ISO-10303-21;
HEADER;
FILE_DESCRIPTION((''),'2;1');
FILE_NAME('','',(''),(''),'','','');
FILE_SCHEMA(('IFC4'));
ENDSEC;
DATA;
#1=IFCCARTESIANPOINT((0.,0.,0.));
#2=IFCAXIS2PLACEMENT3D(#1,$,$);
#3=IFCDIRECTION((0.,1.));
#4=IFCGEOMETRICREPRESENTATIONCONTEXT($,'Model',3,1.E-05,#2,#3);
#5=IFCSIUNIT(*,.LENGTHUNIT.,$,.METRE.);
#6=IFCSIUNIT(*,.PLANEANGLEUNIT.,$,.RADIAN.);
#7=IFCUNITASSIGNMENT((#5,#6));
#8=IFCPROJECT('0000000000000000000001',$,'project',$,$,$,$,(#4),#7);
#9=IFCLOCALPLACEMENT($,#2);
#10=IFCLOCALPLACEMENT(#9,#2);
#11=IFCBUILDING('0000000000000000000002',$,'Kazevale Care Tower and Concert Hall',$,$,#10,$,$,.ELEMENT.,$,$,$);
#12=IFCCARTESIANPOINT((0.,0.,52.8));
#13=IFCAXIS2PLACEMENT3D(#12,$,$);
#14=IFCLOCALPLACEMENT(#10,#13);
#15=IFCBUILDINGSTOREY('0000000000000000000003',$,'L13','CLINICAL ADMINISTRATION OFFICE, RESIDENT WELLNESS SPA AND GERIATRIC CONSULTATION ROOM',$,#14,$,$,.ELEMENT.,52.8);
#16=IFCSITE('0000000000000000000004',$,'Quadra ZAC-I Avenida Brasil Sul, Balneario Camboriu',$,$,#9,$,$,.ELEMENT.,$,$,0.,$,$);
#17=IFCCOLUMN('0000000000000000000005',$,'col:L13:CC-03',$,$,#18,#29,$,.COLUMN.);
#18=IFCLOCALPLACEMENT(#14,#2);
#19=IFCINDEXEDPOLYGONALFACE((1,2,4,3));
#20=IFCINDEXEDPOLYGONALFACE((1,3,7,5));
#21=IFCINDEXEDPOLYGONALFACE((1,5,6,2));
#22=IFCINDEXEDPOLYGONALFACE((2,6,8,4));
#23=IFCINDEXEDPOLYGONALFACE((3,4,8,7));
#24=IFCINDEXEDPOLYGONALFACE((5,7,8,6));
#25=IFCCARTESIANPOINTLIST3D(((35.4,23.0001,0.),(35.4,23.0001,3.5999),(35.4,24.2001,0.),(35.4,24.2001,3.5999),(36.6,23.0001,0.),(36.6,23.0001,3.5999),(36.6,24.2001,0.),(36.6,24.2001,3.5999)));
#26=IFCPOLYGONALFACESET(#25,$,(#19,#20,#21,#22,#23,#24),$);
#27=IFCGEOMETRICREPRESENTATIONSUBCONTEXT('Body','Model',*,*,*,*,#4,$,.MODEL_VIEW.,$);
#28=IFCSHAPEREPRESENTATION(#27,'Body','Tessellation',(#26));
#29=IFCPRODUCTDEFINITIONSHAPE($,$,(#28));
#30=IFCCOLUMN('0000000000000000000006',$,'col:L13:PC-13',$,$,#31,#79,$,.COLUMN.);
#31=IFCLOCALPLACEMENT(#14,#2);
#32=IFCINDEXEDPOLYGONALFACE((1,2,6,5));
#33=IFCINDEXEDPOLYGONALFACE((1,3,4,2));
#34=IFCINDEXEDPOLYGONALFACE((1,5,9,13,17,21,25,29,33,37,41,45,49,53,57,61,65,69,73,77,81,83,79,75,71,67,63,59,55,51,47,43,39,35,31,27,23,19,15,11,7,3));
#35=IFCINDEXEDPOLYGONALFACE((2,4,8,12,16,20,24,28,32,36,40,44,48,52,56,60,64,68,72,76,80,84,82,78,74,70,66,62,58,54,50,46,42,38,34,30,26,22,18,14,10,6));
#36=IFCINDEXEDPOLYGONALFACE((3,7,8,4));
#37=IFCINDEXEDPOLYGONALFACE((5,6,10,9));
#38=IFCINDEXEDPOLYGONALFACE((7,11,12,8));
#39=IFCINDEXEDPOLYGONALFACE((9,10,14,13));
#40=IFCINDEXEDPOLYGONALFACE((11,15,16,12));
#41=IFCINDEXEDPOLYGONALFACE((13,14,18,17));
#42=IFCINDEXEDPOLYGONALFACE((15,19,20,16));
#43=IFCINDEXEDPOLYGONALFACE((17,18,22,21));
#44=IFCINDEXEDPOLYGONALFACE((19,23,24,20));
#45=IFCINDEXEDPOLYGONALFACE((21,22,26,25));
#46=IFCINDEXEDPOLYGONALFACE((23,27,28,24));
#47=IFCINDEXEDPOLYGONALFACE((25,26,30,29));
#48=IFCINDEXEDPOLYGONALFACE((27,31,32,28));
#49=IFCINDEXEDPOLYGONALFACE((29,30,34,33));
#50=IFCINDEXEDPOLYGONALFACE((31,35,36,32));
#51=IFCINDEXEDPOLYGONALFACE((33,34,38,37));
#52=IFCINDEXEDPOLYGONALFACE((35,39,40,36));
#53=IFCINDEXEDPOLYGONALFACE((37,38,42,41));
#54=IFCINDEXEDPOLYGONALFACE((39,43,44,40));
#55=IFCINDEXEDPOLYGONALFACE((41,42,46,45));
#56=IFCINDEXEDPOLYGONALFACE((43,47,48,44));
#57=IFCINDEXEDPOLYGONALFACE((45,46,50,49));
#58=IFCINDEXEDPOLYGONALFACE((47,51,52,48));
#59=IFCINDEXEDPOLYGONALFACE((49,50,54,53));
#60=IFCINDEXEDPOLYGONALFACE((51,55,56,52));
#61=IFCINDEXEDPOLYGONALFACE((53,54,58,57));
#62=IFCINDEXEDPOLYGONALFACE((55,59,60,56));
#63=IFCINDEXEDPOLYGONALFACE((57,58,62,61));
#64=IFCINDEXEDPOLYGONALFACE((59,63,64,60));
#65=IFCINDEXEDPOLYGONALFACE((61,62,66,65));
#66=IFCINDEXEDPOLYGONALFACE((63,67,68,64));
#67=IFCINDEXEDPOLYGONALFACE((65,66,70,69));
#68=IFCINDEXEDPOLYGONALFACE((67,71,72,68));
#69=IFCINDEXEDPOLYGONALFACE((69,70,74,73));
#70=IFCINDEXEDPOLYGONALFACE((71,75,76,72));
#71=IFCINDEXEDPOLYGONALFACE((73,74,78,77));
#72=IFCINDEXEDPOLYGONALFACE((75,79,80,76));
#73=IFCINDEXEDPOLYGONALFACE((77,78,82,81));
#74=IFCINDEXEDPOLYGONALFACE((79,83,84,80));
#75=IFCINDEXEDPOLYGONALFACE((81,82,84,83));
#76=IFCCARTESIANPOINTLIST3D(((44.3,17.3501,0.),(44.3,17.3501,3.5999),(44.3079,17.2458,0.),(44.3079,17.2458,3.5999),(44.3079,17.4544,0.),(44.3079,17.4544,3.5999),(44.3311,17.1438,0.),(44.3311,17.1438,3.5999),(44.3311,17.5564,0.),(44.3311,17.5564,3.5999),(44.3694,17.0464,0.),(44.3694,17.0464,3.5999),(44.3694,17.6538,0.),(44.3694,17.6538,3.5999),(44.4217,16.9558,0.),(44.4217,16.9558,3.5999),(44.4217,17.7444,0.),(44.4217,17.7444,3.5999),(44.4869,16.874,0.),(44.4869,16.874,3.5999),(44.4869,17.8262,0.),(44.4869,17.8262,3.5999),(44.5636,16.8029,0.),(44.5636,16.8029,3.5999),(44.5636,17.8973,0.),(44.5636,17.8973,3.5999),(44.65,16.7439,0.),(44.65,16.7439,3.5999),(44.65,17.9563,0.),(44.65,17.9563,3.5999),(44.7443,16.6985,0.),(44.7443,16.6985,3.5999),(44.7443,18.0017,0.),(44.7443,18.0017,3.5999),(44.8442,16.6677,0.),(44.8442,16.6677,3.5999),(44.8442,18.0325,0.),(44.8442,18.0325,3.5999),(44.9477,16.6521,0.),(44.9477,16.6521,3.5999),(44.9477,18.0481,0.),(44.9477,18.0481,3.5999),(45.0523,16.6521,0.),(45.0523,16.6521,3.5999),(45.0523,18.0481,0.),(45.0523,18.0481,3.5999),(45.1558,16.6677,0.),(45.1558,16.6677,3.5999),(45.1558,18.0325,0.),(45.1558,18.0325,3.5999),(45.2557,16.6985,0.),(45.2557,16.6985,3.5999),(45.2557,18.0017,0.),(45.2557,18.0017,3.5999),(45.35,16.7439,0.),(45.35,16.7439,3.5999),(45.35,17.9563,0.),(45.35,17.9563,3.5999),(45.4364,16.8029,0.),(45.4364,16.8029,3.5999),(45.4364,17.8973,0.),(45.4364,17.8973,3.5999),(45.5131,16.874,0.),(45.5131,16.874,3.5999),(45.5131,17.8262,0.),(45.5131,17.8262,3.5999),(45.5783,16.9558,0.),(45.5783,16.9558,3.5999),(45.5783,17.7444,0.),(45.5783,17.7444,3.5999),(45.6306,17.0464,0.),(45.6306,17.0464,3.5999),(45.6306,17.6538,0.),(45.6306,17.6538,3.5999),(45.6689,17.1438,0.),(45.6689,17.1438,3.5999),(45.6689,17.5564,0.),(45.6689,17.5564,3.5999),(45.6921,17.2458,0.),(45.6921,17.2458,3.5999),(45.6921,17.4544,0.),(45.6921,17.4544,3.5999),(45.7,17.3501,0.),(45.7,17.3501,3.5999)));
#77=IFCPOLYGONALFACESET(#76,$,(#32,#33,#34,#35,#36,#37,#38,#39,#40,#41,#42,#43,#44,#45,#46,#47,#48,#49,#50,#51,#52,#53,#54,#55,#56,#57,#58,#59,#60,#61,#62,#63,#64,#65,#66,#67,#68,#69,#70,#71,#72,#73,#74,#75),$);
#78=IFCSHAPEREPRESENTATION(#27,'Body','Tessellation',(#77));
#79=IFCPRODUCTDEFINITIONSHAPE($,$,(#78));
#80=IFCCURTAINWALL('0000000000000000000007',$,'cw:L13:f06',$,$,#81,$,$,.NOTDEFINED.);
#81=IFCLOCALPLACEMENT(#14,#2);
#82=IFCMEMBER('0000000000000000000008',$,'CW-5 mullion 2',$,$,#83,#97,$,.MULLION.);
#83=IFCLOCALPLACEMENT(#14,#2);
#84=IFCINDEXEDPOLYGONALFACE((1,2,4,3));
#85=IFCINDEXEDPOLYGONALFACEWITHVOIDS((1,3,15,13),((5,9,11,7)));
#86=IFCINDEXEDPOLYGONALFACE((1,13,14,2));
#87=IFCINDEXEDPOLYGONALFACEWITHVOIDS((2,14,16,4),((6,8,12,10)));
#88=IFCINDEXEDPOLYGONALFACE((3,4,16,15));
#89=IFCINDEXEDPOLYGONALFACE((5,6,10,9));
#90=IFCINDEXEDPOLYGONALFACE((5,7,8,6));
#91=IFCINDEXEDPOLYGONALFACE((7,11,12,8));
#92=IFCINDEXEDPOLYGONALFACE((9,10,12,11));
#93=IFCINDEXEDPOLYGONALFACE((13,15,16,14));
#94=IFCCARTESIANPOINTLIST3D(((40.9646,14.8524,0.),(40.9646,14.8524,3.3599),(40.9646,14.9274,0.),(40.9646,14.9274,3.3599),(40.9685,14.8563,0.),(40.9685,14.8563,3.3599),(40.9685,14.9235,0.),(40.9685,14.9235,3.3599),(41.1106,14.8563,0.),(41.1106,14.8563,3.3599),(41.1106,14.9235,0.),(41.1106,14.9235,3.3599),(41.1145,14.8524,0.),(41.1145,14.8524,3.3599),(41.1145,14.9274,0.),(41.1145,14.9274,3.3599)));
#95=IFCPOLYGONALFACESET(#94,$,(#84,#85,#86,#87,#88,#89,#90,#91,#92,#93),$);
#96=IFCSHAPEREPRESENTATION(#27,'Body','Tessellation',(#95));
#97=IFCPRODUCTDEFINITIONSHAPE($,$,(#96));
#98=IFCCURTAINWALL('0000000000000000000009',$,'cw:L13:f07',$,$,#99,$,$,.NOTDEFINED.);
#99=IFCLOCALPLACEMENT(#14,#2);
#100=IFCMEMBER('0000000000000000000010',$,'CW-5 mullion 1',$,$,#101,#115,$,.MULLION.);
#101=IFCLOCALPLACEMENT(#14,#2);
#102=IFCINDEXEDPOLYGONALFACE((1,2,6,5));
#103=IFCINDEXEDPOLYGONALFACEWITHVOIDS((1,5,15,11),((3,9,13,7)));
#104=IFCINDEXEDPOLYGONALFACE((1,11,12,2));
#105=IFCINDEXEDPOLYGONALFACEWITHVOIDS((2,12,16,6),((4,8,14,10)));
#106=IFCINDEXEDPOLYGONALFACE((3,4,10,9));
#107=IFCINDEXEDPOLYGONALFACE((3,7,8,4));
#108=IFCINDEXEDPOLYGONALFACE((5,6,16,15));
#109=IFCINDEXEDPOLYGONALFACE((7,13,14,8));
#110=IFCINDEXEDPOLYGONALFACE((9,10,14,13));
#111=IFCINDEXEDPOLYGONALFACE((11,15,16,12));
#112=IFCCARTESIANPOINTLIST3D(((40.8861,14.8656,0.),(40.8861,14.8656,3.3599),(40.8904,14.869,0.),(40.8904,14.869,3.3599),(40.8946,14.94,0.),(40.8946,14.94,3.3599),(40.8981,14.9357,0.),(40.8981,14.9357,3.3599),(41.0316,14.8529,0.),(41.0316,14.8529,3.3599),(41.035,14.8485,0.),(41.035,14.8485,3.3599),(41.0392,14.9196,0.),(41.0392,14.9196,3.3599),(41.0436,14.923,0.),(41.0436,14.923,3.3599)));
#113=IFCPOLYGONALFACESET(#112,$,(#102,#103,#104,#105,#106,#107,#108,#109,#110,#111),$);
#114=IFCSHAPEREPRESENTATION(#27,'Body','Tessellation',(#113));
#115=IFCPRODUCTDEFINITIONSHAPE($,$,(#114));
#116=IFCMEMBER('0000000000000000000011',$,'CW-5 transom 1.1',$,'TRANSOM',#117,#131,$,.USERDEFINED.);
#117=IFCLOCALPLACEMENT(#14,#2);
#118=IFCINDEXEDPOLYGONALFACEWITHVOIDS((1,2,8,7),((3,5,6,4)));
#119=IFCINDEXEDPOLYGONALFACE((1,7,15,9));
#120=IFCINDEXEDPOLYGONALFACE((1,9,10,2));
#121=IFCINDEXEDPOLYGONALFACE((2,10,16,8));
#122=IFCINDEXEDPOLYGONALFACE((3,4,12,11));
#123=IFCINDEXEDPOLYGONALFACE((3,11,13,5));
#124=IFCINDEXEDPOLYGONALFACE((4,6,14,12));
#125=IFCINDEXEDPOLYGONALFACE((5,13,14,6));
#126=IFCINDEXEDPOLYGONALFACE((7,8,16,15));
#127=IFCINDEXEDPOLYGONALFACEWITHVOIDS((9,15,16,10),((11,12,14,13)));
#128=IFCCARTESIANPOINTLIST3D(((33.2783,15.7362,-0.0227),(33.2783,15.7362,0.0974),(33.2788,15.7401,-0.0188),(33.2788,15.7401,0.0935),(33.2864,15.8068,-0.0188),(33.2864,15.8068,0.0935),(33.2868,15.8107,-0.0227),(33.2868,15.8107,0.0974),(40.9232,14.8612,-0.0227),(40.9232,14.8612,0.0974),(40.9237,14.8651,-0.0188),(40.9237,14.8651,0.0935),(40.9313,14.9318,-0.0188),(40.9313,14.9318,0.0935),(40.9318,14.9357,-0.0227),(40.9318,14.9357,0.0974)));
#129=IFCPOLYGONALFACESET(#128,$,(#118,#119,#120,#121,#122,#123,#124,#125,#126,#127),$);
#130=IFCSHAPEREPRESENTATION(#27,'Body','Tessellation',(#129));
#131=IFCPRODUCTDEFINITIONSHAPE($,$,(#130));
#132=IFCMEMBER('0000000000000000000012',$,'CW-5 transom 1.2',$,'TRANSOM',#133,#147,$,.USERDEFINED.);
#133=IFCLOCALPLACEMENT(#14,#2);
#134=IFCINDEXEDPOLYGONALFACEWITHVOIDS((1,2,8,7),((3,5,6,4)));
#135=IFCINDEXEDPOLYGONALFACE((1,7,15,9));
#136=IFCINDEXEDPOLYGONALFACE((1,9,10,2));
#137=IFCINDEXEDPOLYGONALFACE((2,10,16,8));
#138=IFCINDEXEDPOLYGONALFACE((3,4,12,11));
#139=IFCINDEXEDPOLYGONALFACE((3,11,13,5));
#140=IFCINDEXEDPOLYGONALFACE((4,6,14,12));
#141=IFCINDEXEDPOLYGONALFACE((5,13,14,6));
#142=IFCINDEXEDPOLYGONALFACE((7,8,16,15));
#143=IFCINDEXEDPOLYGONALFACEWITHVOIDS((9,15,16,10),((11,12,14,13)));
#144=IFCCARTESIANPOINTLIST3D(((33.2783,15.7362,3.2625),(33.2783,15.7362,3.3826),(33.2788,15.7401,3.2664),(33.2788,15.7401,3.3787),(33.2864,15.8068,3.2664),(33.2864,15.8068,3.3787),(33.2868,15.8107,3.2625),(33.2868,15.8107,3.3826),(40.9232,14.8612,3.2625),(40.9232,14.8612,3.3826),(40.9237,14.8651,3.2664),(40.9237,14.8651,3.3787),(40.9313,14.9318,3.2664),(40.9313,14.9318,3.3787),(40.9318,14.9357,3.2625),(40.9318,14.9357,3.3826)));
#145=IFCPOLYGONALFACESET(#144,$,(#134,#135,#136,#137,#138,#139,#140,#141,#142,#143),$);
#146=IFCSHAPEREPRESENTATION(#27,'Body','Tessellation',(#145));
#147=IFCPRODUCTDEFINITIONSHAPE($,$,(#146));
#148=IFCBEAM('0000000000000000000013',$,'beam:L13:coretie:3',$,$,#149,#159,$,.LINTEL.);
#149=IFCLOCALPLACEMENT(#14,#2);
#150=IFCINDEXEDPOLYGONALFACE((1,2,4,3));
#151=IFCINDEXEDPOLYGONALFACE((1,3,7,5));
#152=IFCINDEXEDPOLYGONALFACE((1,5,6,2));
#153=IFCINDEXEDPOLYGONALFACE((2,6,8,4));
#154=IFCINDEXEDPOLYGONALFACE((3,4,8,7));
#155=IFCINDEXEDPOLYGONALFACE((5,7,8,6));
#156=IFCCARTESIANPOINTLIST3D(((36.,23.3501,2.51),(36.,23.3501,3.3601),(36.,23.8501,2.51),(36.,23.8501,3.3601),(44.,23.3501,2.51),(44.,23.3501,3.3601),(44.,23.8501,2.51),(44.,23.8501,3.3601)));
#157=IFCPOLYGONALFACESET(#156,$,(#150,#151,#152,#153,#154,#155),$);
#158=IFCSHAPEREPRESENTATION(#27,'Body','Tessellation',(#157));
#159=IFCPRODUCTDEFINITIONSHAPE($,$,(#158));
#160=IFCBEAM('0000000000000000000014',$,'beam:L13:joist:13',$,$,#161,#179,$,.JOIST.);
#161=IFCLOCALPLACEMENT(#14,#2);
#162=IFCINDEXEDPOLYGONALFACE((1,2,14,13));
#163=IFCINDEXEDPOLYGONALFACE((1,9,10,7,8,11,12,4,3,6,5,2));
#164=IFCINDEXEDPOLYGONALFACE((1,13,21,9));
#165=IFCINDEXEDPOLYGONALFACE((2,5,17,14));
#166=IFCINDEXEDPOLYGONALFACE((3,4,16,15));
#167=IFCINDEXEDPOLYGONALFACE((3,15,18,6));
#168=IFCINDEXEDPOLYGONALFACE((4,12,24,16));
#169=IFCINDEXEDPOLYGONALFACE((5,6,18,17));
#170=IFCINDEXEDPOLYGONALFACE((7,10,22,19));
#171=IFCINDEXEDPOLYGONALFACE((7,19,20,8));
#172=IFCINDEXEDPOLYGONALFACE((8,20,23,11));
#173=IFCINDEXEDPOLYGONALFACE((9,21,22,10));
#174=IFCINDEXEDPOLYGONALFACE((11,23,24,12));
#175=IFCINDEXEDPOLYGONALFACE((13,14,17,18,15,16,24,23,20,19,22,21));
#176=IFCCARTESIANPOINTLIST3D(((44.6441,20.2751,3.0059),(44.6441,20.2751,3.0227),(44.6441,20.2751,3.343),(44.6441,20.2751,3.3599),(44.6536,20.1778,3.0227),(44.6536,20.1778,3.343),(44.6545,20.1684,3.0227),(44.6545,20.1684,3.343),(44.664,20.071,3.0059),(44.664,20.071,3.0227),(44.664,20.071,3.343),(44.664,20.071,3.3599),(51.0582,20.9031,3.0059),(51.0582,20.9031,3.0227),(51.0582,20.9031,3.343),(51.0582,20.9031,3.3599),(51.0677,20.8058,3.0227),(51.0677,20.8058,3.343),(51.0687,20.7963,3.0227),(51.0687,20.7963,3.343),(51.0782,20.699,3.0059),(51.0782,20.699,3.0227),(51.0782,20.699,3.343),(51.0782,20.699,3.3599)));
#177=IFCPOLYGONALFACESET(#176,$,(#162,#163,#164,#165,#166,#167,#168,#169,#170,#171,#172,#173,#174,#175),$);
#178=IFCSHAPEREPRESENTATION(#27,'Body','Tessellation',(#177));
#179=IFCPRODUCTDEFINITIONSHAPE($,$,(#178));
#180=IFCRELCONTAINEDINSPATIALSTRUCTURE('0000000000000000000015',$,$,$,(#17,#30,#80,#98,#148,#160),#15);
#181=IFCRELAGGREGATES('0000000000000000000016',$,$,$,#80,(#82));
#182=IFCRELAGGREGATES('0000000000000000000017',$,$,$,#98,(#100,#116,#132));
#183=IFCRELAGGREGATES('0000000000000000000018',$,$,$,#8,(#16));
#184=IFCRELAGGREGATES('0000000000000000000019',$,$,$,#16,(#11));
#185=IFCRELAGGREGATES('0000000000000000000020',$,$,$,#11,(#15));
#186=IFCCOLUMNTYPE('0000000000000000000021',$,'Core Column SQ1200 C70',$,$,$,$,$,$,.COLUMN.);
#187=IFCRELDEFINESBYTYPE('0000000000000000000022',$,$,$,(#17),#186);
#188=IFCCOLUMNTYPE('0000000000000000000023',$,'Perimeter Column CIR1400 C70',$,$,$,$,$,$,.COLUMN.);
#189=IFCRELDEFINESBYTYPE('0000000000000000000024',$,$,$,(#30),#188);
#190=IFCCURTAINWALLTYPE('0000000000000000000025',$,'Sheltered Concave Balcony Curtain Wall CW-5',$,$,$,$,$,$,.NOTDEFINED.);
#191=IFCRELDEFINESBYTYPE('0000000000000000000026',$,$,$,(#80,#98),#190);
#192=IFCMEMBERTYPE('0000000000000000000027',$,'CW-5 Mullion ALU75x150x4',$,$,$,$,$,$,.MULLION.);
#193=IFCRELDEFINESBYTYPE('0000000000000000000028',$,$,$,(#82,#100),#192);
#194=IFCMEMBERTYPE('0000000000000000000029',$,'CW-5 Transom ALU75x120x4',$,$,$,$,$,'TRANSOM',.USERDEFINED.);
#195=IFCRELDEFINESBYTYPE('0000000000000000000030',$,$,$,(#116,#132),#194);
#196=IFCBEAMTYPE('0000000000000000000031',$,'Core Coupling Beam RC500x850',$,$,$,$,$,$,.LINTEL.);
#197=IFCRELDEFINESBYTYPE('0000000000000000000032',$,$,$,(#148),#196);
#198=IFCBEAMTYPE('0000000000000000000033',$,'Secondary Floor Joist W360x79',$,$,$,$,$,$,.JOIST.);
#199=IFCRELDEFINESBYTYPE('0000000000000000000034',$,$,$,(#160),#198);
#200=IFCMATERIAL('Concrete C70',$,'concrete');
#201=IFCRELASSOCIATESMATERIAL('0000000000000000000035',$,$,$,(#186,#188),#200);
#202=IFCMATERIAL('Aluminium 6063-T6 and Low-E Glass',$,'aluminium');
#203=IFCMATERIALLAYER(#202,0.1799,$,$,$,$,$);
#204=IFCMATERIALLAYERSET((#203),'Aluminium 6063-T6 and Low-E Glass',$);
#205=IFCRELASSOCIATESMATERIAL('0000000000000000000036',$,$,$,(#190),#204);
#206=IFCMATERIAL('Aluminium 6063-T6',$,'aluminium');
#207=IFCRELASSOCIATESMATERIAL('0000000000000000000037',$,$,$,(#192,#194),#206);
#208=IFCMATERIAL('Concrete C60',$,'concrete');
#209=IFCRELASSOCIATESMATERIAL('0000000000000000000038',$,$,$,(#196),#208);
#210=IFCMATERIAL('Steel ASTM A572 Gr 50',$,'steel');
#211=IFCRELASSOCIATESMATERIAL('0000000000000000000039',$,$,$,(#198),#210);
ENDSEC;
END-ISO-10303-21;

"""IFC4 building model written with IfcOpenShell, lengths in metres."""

from ifc_helpers import new_model, si_unit, direction, frame, origin, origin_2d, place, context, subcontext, project, spatial, rectangle, hollow_rectangle, circle, i_section, extrude, material, layer, layer_set, material_profile, profile_set, type_object, element, aggregate, save


model = new_model("IFC4")

# Units and contexts
model_context = context("Model", 3, precision=1e-05, world=origin(), true_north=direction((0.0, 1.0)))
body_context = subcontext(model_context, "Body", "Model", "MODEL_VIEW")
ifc_project = project(units=[si_unit("LENGTHUNIT", "METRE"), si_unit("PLANEANGLEUNIT", "RADIAN")], contexts=[model_context])

# Site, building, storey
site_placement = place(None, origin())
site = spatial("IfcSite", under=ifc_project, at=site_placement, Name="Quadra ZAC-I Avenida Brasil Sul, Balneario Camboriu", CompositionType="ELEMENT", RefElevation=0.0)
building_placement = place(site_placement, origin())
building = spatial("IfcBuilding", under=site, at=building_placement, Name="Kazevale Care Tower and Concert Hall", CompositionType="ELEMENT")
storey_placement = place(building_placement, frame((0.0, 0.0, 52.8)))
storey = spatial("IfcBuildingStorey", under=building, at=storey_placement, Name="L13", Description="CLINICAL ADMINISTRATION OFFICE, RESIDENT WELLNESS SPA AND GERIATRIC CONSULTATION ROOM", CompositionType="ELEMENT", Elevation=52.8)

# Columns
ifc_material_1 = material(Name="Concrete C70", Category="concrete")
ifc_material_profile_1 = material_profile(ifc_material_1, rectangle(XDim=1.2, YDim=1.2, at=origin_2d()), Name="RC-SQ1200")
ifc_profile_set_1 = profile_set([ifc_material_profile_1], Name="Concrete C70")
column_type_1 = type_object("IfcColumnType", Name="Core Column SQ1200 C70", PredefinedType="COLUMN", material=ifc_profile_set_1)
column_1_placement = place(storey_placement, frame((36.0, 23.6001, 0.0), z_axis=(0.0, 0.0, 1.0), x_axis=(1.0, 0.0, 0.0)))
element("IfcColumn", 1, at=column_1_placement, inside=storey, type_object=column_type_1, Name="col:L13:CC-03", PredefinedType="COLUMN", context=body_context, shape_type="SweptSolid", body=[
    extrude(rectangle(XDim=1.2, YDim=1.2, at=origin_2d()), origin(), (0.0, 0.0, 1.0), 3.5999),
])
ifc_material_profile_2 = material_profile(ifc_material_1, circle(Radius=0.7, at=origin_2d()), Name="RC-CIR1400")
ifc_profile_set_2 = profile_set([ifc_material_profile_2], Name="Concrete C70")
column_type_2 = type_object("IfcColumnType", Name="Perimeter Column CIR1400 C70", PredefinedType="COLUMN", material=ifc_profile_set_2)
column_2_placement = place(storey_placement, frame((45.0, 17.3501, 0.0), z_axis=(0.0, 0.0, 1.0), x_axis=(1.0, 0.0, 0.0)))
element("IfcColumn", 2, at=column_2_placement, inside=storey, type_object=column_type_2, Name="col:L13:PC-13", PredefinedType="COLUMN", context=body_context, shape_type="SweptSolid", body=[
    extrude(circle(Radius=0.7, at=origin_2d()), origin(), (0.0, 0.0, 1.0), 3.5999),
])

# Curtain wall, member
ifc_material_2 = material(Name="Aluminium 6063-T6 and Low-E Glass", Category="aluminium")
ifc_layer_1 = layer(ifc_material_2, 0.1799)
ifc_layer_set_1 = layer_set([ifc_layer_1], Name="Aluminium 6063-T6 and Low-E Glass")
curtain_wall_type = type_object("IfcCurtainWallType", Name="Sheltered Concave Balcony Curtain Wall CW-5", PredefinedType="NOTDEFINED", material=ifc_layer_set_1)
curtain_wall_1_placement = place(storey_placement, origin())
curtain_wall_1 = element("IfcCurtainWall", 3, at=curtain_wall_1_placement, inside=storey, type_object=curtain_wall_type, Name="cw:L13:f06", PredefinedType="NOTDEFINED")
ifc_material_3 = material(Name="Aluminium 6063-T6", Category="aluminium")
ifc_material_profile_3 = material_profile(ifc_material_3, hollow_rectangle(XDim=0.075, YDim=0.1499, WallThickness=0.0039, at=origin_2d()), Name="ALU75x150x4")
ifc_profile_set_3 = profile_set([ifc_material_profile_3], Name="Aluminium 6063-T6")
member_type_1 = type_object("IfcMemberType", Name="CW-5 Mullion ALU75x150x4", PredefinedType="MULLION", material=ifc_profile_set_3)
member_1_placement = place(storey_placement, frame((41.0396, 14.8899, 0.0), z_axis=(0.0, 0.0, 1.0), x_axis=(0.0, -1.0, 0.0)))
member_1 = element("IfcMember", 4, at=member_1_placement, type_object=member_type_1, Name="CW-5 mullion 2", PredefinedType="MULLION", context=body_context, shape_type="SweptSolid", body=[
    extrude(hollow_rectangle(XDim=0.075, YDim=0.1499, WallThickness=0.0039, at=origin_2d()), origin(), (0.0, 0.0, 1.0), 3.3599),
])

# Curtain wall, members
curtain_wall_2_placement = place(storey_placement, origin())
curtain_wall_2 = element("IfcCurtainWall", 5, at=curtain_wall_2_placement, inside=storey, type_object=curtain_wall_type, Name="cw:L13:f07", PredefinedType="NOTDEFINED")
member_2_placement = place(storey_placement, frame((40.9648, 14.8943, 0.0), z_axis=(0.0, 0.0, 1.0), x_axis=(-0.113705, -0.993515, 0.0)))
member_2 = element("IfcMember", 6, at=member_2_placement, type_object=member_type_1, Name="CW-5 mullion 1", PredefinedType="MULLION", context=body_context, shape_type="SweptSolid", body=[
    extrude(hollow_rectangle(XDim=0.075, YDim=0.1499, WallThickness=0.0039, at=origin_2d()), origin(), (0.0, 0.0, 1.0), 3.3599),
])
ifc_material_profile_4 = material_profile(ifc_material_3, hollow_rectangle(XDim=0.075, YDim=0.1201, WallThickness=0.0039, at=origin_2d()), Name="ALU75x120x4")
ifc_profile_set_4 = profile_set([ifc_material_profile_4], Name="Aluminium 6063-T6")
member_type_2 = type_object("IfcMemberType", Name="CW-5 Transom ALU75x120x4", ElementType="TRANSOM", PredefinedType="USERDEFINED", material=ifc_profile_set_4)
member_3_placement = place(storey_placement, frame((40.9275, 14.8984, 0.0374), z_axis=(-0.993514, 0.113711, 0.0), x_axis=(-0.113711, -0.993514, 0.0)))
member_3 = element("IfcMember", 7, at=member_3_placement, type_object=member_type_2, Name="CW-5 transom 1.1", ObjectType="TRANSOM", PredefinedType="USERDEFINED", context=body_context, shape_type="SweptSolid", body=[
    extrude(hollow_rectangle(XDim=0.075, YDim=0.1201, WallThickness=0.0039, at=origin_2d()), origin(), (0.0, 0.0, 1.0), 7.6948),
])
member_4_placement = place(storey_placement, frame((40.9275, 14.8984, 3.3225), z_axis=(-0.993514, 0.113711, 0.0), x_axis=(-0.113711, -0.993514, 0.0)))
member_4 = element("IfcMember", 8, at=member_4_placement, type_object=member_type_2, Name="CW-5 transom 1.2", ObjectType="TRANSOM", PredefinedType="USERDEFINED", context=body_context, shape_type="SweptSolid", body=[
    extrude(hollow_rectangle(XDim=0.075, YDim=0.1201, WallThickness=0.0039, at=origin_2d()), origin(), (0.0, 0.0, 1.0), 7.6948),
])

# Beams
ifc_material_4 = material(Name="Concrete C60", Category="concrete")
ifc_material_profile_5 = material_profile(ifc_material_4, rectangle(XDim=0.5, YDim=0.8501, at=origin_2d()), Name="RC-B500x850")
ifc_profile_set_5 = profile_set([ifc_material_profile_5], Name="Concrete C60")
beam_type_1 = type_object("IfcBeamType", Name="Core Coupling Beam RC500x850", PredefinedType="LINTEL", material=ifc_profile_set_5)
beam_1_placement = place(storey_placement, frame((36.0, 23.6001, 2.9351), z_axis=(1.0, 0.0, 0.0), x_axis=(0.0, 1.0, 0.0)))
element("IfcBeam", 9, at=beam_1_placement, inside=storey, type_object=beam_type_1, Name="beam:L13:coretie:3", PredefinedType="LINTEL", context=body_context, shape_type="SweptSolid", body=[
    extrude(rectangle(XDim=0.5, YDim=0.8501, at=origin_2d()), origin(), (0.0, 0.0, 1.0), 8.0),
])
ifc_material_5 = material(Name="Steel ASTM A572 Gr 50", Category="steel")
ifc_material_profile_6 = material_profile(ifc_material_5, i_section(OverallWidth=0.2051, OverallDepth=0.354, WebThickness=0.0095, FlangeThickness=0.0168, at=origin_2d()), Name="W360x79")
ifc_profile_set_6 = profile_set([ifc_material_profile_6], Name="Steel ASTM A572 Gr 50")
beam_type_2 = type_object("IfcBeamType", Name="Secondary Floor Joist W360x79", PredefinedType="JOIST", material=ifc_profile_set_6)
beam_2_placement = place(storey_placement, frame((44.6541, 20.1731, 3.1829), z_axis=(0.995242, 0.097433, 0.0), x_axis=(-0.097433, 0.995242, 0.0)))
element("IfcBeam", 10, at=beam_2_placement, inside=storey, type_object=beam_type_2, Name="beam:L13:joist:13", PredefinedType="JOIST", context=body_context, shape_type="SweptSolid", body=[
    extrude(i_section(OverallWidth=0.2051, OverallDepth=0.354, WebThickness=0.0095, FlangeThickness=0.0168, at=origin_2d()), origin(), (0.0, 0.0, 1.0), 6.4448),
])

aggregate(curtain_wall_1, [member_1])
aggregate(curtain_wall_2, [member_2, member_3, member_4])

save(model, "model.ifc")
